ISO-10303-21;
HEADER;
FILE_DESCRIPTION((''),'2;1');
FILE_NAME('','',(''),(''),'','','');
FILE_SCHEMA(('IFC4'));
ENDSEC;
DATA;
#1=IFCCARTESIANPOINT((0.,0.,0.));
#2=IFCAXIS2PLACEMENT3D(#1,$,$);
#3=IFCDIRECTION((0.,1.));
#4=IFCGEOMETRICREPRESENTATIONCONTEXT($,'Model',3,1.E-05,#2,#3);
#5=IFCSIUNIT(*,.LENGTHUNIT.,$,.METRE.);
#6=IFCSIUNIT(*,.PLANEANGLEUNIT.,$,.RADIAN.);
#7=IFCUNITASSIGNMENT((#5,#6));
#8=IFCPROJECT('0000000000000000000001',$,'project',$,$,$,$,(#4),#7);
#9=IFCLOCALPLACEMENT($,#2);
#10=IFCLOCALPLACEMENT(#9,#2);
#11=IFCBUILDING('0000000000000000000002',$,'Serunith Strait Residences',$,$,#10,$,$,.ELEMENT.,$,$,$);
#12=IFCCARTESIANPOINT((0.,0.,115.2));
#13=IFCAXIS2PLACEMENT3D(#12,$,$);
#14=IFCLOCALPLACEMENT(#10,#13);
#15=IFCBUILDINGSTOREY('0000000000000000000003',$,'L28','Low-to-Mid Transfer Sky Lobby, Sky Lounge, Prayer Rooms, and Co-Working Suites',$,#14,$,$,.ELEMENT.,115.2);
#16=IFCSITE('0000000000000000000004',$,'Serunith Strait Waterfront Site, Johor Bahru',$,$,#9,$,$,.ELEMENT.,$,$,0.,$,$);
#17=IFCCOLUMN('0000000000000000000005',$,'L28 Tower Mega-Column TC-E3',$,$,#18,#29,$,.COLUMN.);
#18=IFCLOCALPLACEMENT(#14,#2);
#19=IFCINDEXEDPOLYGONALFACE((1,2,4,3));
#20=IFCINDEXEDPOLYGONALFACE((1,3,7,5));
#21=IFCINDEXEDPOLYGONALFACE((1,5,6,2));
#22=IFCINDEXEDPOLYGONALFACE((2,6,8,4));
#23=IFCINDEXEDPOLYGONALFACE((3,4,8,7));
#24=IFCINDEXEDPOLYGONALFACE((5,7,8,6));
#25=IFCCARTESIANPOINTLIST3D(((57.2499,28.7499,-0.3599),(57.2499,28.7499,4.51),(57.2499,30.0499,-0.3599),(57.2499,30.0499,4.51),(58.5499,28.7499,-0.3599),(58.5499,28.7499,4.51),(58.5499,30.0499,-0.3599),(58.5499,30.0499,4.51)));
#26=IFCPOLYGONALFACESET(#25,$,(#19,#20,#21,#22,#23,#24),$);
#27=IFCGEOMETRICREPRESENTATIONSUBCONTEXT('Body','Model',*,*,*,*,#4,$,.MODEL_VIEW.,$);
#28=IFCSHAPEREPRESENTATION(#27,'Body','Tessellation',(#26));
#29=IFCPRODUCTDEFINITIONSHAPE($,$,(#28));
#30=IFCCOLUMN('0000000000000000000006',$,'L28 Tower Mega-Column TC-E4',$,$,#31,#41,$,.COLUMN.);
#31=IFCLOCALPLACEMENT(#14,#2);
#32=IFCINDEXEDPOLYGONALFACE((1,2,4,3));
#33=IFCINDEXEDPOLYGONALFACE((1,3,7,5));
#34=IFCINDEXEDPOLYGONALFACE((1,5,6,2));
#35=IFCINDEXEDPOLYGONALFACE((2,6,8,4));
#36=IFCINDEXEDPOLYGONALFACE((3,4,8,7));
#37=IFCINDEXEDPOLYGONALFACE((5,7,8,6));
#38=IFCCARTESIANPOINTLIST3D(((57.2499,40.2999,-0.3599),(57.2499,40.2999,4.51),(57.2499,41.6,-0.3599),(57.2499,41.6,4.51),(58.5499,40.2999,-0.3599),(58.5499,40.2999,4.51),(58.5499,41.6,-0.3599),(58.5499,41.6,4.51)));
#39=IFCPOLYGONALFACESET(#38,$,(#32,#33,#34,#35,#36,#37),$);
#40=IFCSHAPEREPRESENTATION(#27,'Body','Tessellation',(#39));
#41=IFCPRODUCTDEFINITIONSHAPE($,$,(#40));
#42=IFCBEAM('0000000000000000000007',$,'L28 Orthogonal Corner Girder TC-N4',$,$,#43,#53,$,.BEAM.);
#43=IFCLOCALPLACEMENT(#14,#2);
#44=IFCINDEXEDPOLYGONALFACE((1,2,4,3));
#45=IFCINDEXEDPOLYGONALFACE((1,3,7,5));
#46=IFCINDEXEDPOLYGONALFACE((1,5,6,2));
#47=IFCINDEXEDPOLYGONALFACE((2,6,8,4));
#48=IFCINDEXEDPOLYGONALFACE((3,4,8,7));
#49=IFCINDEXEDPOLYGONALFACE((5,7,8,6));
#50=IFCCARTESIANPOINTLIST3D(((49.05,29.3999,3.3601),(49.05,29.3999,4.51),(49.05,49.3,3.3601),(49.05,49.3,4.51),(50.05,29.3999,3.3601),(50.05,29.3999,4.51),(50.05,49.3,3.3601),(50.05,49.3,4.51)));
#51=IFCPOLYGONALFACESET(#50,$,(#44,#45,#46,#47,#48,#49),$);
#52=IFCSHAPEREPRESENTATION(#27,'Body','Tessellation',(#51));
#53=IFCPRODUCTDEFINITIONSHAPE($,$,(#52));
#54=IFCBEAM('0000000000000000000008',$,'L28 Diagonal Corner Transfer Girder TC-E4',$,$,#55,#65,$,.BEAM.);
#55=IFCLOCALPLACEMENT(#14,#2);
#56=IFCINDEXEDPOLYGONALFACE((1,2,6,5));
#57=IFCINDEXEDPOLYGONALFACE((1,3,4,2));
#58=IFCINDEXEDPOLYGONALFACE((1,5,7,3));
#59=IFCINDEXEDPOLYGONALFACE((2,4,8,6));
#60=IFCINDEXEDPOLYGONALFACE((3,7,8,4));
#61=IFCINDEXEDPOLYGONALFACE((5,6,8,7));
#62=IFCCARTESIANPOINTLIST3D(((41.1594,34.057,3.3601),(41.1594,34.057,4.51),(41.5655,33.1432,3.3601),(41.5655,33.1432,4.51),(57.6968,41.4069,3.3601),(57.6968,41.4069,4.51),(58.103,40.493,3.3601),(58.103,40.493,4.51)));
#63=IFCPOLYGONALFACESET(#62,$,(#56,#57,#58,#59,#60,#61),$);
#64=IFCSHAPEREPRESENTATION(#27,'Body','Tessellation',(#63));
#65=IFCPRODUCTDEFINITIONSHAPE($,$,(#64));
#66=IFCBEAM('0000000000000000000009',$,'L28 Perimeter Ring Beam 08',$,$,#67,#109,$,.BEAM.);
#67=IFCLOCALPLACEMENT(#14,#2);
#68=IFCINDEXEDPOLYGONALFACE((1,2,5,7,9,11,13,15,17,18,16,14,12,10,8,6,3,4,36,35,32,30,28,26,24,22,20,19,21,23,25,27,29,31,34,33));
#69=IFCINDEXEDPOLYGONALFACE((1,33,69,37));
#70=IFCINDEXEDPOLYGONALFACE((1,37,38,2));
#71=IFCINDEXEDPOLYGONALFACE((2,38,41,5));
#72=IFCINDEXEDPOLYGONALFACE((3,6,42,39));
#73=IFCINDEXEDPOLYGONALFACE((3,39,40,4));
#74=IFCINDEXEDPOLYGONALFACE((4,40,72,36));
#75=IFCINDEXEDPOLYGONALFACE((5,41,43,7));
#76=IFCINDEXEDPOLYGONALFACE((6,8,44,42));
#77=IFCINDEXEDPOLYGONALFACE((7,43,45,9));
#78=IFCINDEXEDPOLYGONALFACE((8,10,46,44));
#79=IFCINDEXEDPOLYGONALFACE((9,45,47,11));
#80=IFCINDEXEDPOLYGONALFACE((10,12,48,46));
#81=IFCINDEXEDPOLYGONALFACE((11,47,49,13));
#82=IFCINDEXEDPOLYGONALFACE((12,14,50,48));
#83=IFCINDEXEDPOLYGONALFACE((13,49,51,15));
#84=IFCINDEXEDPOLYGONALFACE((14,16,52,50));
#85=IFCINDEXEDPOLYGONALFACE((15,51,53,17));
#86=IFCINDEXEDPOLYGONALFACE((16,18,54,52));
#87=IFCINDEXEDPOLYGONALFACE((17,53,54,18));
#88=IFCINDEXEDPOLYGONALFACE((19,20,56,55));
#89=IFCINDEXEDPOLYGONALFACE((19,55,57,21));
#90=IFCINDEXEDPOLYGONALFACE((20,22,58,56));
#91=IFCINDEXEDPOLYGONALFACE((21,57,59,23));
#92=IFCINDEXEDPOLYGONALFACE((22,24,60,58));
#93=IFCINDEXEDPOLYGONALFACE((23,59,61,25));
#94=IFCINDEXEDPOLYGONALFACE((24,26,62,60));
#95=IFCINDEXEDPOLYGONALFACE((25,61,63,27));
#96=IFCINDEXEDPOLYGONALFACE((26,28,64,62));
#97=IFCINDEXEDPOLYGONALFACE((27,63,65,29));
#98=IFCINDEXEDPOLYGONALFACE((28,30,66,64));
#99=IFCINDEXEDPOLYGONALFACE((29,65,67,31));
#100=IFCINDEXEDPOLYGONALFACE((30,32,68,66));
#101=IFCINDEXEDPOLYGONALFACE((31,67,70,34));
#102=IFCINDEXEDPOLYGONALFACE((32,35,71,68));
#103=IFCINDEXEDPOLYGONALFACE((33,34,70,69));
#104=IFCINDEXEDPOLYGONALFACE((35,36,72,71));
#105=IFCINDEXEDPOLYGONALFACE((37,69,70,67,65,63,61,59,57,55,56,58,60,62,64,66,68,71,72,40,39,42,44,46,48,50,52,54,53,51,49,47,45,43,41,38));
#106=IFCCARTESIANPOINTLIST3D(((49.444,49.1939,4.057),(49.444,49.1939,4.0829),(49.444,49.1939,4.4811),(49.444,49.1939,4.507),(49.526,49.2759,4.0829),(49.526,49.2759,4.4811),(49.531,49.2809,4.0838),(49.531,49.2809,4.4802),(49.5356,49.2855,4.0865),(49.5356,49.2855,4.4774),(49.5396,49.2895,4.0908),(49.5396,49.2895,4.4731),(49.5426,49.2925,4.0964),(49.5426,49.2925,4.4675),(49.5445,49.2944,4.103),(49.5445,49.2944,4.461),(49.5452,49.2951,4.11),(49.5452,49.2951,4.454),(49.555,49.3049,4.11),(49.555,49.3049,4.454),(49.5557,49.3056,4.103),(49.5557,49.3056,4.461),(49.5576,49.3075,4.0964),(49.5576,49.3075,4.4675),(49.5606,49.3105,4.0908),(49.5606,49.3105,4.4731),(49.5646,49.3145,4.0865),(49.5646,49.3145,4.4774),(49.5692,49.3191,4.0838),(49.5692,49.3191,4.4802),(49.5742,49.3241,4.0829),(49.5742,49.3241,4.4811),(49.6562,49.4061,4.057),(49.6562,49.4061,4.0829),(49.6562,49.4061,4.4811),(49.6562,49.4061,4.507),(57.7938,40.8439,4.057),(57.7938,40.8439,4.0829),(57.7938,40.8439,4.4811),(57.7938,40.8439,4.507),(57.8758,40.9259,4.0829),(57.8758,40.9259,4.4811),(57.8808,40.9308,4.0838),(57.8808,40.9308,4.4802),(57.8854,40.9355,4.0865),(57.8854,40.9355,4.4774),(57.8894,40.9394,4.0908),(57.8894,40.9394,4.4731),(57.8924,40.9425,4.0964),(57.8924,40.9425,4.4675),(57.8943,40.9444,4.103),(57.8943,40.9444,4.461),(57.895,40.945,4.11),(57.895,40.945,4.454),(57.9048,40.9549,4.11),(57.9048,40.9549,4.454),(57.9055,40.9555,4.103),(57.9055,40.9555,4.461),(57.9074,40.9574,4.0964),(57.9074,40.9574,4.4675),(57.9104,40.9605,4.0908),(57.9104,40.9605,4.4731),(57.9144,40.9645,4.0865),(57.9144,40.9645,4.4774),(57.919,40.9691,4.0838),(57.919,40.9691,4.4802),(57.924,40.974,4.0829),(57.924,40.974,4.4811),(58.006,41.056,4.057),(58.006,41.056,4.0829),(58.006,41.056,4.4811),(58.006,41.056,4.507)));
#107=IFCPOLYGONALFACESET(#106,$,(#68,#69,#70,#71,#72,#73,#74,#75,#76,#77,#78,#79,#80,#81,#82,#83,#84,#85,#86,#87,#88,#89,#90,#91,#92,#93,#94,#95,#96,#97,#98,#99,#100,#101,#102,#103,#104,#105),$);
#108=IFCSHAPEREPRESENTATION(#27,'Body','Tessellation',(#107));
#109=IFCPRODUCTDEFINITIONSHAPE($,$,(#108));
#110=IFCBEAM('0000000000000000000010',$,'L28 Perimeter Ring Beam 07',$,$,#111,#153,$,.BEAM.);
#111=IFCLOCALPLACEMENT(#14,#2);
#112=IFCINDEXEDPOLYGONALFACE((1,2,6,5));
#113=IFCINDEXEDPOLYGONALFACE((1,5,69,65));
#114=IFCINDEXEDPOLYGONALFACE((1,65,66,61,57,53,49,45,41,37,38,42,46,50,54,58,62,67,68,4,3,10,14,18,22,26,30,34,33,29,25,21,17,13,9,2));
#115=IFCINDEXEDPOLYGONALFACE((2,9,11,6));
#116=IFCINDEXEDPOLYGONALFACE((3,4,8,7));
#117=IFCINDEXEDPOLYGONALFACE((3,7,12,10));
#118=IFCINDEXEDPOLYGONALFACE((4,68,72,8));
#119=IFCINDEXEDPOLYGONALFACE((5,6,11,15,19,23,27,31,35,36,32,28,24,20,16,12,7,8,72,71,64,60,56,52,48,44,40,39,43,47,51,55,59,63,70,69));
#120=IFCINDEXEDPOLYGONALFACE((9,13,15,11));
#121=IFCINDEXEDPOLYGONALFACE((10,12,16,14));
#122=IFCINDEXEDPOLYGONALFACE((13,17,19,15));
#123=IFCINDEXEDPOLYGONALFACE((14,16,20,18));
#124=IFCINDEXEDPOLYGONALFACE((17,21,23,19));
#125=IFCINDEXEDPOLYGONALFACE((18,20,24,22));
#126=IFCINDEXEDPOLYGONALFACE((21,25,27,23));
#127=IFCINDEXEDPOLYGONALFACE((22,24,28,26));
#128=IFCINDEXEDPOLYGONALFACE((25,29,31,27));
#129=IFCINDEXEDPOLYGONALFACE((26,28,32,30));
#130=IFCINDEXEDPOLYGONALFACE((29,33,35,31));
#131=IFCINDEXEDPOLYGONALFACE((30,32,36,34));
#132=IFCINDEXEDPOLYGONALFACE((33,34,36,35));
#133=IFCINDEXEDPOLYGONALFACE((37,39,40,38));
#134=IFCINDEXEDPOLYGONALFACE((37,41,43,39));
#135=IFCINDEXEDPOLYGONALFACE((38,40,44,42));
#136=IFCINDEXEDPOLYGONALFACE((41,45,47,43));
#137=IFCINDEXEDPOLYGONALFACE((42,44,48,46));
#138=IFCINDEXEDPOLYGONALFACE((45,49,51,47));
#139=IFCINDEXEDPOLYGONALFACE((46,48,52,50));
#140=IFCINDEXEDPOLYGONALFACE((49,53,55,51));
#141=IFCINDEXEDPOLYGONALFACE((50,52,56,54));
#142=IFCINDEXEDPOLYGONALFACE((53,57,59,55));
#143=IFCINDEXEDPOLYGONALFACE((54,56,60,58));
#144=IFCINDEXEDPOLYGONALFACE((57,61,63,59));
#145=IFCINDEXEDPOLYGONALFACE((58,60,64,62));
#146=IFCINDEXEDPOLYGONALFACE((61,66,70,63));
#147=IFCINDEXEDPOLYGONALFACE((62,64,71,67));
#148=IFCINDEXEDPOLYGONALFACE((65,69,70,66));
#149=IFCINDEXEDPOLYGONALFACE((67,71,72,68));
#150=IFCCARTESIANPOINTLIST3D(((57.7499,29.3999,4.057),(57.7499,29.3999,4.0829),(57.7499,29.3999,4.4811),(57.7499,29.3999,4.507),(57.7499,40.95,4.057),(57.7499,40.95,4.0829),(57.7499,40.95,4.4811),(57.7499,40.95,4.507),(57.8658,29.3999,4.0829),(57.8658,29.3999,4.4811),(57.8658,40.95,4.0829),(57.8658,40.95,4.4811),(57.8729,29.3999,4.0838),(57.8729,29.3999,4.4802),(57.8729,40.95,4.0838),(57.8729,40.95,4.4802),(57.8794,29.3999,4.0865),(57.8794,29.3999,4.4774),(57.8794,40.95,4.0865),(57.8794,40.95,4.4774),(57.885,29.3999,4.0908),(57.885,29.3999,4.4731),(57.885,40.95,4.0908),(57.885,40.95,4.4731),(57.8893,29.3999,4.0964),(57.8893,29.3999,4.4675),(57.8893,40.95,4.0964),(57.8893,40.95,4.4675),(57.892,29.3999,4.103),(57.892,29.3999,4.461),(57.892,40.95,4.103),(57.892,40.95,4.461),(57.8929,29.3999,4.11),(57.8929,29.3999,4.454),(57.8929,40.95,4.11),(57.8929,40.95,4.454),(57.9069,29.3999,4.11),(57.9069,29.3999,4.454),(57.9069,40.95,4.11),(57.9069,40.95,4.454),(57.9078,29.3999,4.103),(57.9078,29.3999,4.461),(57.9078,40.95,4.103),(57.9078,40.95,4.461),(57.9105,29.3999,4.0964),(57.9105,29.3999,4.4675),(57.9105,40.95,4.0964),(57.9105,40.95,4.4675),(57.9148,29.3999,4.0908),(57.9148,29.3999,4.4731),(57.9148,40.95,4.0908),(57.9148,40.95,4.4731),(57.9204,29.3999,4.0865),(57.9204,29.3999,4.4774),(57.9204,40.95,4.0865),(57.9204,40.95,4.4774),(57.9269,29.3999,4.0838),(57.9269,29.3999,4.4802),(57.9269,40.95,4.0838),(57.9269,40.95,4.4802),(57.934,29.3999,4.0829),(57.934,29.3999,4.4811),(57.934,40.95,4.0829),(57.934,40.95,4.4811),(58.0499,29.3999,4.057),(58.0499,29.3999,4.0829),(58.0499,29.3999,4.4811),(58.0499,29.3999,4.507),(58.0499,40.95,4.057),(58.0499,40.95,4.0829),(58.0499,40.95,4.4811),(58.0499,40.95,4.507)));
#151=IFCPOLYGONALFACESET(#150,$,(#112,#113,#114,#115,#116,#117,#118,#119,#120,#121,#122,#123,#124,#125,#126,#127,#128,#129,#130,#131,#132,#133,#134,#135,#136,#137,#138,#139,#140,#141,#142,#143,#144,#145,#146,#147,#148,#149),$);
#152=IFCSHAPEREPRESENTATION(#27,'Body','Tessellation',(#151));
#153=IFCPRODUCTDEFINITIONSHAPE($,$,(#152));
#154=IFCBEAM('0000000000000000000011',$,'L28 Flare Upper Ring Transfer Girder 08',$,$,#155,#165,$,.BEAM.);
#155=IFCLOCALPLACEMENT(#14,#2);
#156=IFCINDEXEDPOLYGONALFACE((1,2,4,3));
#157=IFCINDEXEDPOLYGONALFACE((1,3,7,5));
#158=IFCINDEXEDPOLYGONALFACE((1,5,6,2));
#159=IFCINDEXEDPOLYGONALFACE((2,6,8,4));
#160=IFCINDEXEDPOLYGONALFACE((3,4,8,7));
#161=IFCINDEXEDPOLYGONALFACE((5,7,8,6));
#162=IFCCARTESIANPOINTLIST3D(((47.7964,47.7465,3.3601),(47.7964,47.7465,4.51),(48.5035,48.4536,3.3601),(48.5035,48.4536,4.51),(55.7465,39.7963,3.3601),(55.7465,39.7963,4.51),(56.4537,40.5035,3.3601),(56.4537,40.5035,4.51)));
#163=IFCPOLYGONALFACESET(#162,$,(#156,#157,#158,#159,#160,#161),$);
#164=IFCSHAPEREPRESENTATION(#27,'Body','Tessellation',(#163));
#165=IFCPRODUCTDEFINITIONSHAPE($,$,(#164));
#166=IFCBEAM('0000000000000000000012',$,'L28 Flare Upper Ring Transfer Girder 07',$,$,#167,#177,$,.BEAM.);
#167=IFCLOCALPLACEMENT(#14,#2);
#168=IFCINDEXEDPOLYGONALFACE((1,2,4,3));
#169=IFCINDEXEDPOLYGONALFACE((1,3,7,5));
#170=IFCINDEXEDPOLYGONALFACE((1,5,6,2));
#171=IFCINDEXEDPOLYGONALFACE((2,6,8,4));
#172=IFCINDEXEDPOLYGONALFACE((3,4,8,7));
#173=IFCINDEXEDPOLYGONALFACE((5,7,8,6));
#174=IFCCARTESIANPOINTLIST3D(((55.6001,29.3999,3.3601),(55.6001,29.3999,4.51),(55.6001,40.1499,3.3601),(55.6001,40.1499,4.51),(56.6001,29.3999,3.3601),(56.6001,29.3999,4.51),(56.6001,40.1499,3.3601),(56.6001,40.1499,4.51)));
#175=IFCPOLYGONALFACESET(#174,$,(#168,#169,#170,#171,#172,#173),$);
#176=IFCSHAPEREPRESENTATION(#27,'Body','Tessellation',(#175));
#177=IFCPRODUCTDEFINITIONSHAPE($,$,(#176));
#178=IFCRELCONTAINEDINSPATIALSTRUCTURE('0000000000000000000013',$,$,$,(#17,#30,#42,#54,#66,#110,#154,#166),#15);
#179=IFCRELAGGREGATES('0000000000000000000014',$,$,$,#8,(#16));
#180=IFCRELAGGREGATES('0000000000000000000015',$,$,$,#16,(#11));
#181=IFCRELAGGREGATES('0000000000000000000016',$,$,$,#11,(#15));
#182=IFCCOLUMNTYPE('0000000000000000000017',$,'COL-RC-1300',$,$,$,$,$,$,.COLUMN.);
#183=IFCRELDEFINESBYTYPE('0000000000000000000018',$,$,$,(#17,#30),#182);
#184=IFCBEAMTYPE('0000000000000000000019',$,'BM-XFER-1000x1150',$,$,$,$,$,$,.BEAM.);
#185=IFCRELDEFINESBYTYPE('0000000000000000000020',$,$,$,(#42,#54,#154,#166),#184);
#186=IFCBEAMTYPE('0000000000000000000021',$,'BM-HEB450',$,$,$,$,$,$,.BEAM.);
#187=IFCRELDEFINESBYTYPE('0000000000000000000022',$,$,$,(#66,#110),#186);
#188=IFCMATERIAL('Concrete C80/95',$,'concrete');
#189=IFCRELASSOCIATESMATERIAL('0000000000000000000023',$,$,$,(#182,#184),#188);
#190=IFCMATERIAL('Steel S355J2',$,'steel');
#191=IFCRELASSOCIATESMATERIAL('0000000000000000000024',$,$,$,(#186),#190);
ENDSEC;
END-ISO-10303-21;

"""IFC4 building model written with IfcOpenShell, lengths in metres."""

from ifc_helpers import new_model, si_unit, direction, frame, origin, origin_2d, place, context, subcontext, project, spatial, rectangle, i_section, extrude, source, transform, mapped, material, material_profile, profile_set, type_object, element, save


model = new_model("IFC4")

# Units and contexts
model_context = context("Model", 3, precision=1e-05, world=origin(), true_north=direction((0.0, 1.0)))
body_context = subcontext(model_context, "Body", "Model", "MODEL_VIEW")
ifc_project = project(units=[si_unit("LENGTHUNIT", "METRE"), si_unit("PLANEANGLEUNIT", "RADIAN")], contexts=[model_context])

# Site, building, storey
site_placement = place(None, origin())
site = spatial("IfcSite", under=ifc_project, at=site_placement, Name="Serunith Strait Waterfront Site, Johor Bahru", CompositionType="ELEMENT", RefElevation=0.0)
building_placement = place(site_placement, origin())
building = spatial("IfcBuilding", under=site, at=building_placement, Name="Serunith Strait Residences", CompositionType="ELEMENT")
storey_placement = place(building_placement, frame((0.0, 0.0, 115.2)))
storey = spatial("IfcBuildingStorey", under=building, at=storey_placement, Name="L28", Description="Low-to-Mid Transfer Sky Lobby, Sky Lounge, Prayer Rooms, and Co-Working Suites", CompositionType="ELEMENT", Elevation=115.2)

# Columns
ifc_material_1 = material(Name="Concrete C80/95", Category="concrete")
ifc_material_profile_1 = material_profile(ifc_material_1, rectangle(XDim=1.3, YDim=1.3, at=origin_2d()), Name="RC 1300x1300")
ifc_profile_set_1 = profile_set([ifc_material_profile_1], Name="Concrete C80/95")
column_type = type_object("IfcColumnType", Name="COL-RC-1300", PredefinedType="COLUMN", material=ifc_profile_set_1)
shared_shape_1 = source(origin(), body_context, "Body", "SweptSolid", [
    extrude(rectangle(XDim=1.3, YDim=1.3, at=origin_2d()), origin(), (0.0, 0.0, 1.0), 4.8699),
])
for number, where, z_axis, x_axis, name in (
    (1, (57.8999, 29.3999, -0.3599), (0.0, 0.0, 1.0), (1.0, 0.0, 0.0), "L28 Tower Mega-Column TC-E3"),
    (2, (57.8999, 40.95, -0.3599), (0.0, 0.0, 1.0), (1.0, 0.0, 0.0), "L28 Tower Mega-Column TC-E4"),
):
    element("IfcColumn", number, at=place(storey_placement, frame(where, z_axis=z_axis, x_axis=x_axis)), inside=storey, type_object=column_type, Name=name, PredefinedType="COLUMN", context=body_context, shape_type="MappedRepresentation", body=[
        mapped(shared_shape_1, transform((0.0, 0.0, 0.0), scale=1.0)),
    ])

# Beams
ifc_material_profile_2 = material_profile(ifc_material_1, rectangle(XDim=1.0, YDim=1.1499, at=origin_2d()), Name="RC 1000x1150")
ifc_profile_set_2 = profile_set([ifc_material_profile_2], Name="Concrete C80/95")
beam_type_1 = type_object("IfcBeamType", Name="BM-XFER-1000x1150", PredefinedType="BEAM", material=ifc_profile_set_2)
shared_shape_2 = source(origin(), body_context, "Body", "SweptSolid", [
    extrude(rectangle(XDim=1.0, YDim=1.1499, at=origin_2d()), origin(), (0.0, 0.0, 1.0), 19.9001),
])
beam_1_placement = place(storey_placement, frame((49.55, 29.3999, 3.9351), z_axis=(0.0, 1.0, 0.0), x_axis=(-1.0, 0.0, 0.0)))
element("IfcBeam", 3, at=beam_1_placement, inside=storey, type_object=beam_type_1, Name="L28 Orthogonal Corner Girder TC-N4", PredefinedType="BEAM", context=body_context, shape_type="MappedRepresentation", body=[
    mapped(shared_shape_2, transform((0.0, 0.0, 0.0), scale=1.0)),
])
shared_shape_3 = source(origin(), body_context, "Body", "SweptSolid", [
    extrude(rectangle(XDim=1.0, YDim=1.1499, at=origin_2d()), origin(), (0.0, 0.0, 1.0), 18.0972),
])
beam_2_placement = place(storey_placement, frame((57.8999, 40.95, 3.9351), z_axis=(-0.913813, -0.406135, 0.0), x_axis=(0.406135, -0.913813, 0.0)))
element("IfcBeam", 4, at=beam_2_placement, inside=storey, type_object=beam_type_1, Name="L28 Diagonal Corner Transfer Girder TC-E4", PredefinedType="BEAM", context=body_context, shape_type="MappedRepresentation", body=[
    mapped(shared_shape_3, transform((0.0, 0.0, 0.0), scale=1.0)),
])
ifc_material_2 = material(Name="Steel S355J2", Category="steel")
ifc_material_profile_3 = material_profile(ifc_material_2, i_section(OverallWidth=0.3, OverallDepth=0.45, WebThickness=0.0139, FlangeThickness=0.0259, FilletRadius=0.0271, at=origin_2d()), Name="HEB 450")
ifc_profile_set_3 = profile_set([ifc_material_profile_3], Name="Steel S355J2")
beam_type_2 = type_object("IfcBeamType", Name="BM-HEB450", PredefinedType="BEAM", material=ifc_profile_set_3)
shared_shape_4 = source(origin(), body_context, "Body", "SweptSolid", [
    extrude(i_section(OverallWidth=0.3, OverallDepth=0.45, WebThickness=0.0139, FlangeThickness=0.0259, FilletRadius=0.0271, at=origin_2d()), origin(), (0.0, 0.0, 1.0), 11.8086),
])
beam_3_placement = place(storey_placement, frame((57.8999, 40.95, 4.282), z_axis=(-0.707096, 0.707117, 0.0), x_axis=(-0.707117, -0.707096, 0.0)))
element("IfcBeam", 5, at=beam_3_placement, inside=storey, type_object=beam_type_2, Name="L28 Perimeter Ring Beam 08", PredefinedType="BEAM", context=body_context, shape_type="MappedRepresentation", body=[
    mapped(shared_shape_4, transform((0.0, 0.0, 0.0), scale=1.0)),
])
shared_shape_5 = source(origin(), body_context, "Body", "SweptSolid", [
    extrude(i_section(OverallWidth=0.3, OverallDepth=0.45, WebThickness=0.0139, FlangeThickness=0.0259, FilletRadius=0.0271, at=origin_2d()), origin(), (0.0, 0.0, 1.0), 11.55),
])
beam_4_placement = place(storey_placement, frame((57.8999, 29.3999, 4.282), z_axis=(0.0, 1.0, 0.0), x_axis=(-1.0, 0.0, 0.0)))
element("IfcBeam", 6, at=beam_4_placement, inside=storey, type_object=beam_type_2, Name="L28 Perimeter Ring Beam 07", PredefinedType="BEAM", context=body_context, shape_type="MappedRepresentation", body=[
    mapped(shared_shape_5, transform((0.0, 0.0, 0.0), scale=1.0)),
])
shared_shape_6 = source(origin(), body_context, "Body", "SweptSolid", [
    extrude(rectangle(XDim=1.0, YDim=1.1499, at=origin_2d()), origin(), (0.0, 0.0, 1.0), 11.2432),
])
beam_5_placement = place(storey_placement, frame((56.1001, 40.1499, 3.9351), z_axis=(-0.707107, 0.707107, 0.0), x_axis=(-0.707107, -0.707107, 0.0)))
element("IfcBeam", 7, at=beam_5_placement, inside=storey, type_object=beam_type_1, Name="L28 Flare Upper Ring Transfer Girder 08", PredefinedType="BEAM", context=body_context, shape_type="MappedRepresentation", body=[
    mapped(shared_shape_6, transform((0.0, 0.0, 0.0), scale=1.0)),
])
shared_shape_7 = source(origin(), body_context, "Body", "SweptSolid", [
    extrude(rectangle(XDim=1.0, YDim=1.1499, at=origin_2d()), origin(), (0.0, 0.0, 1.0), 10.75),
])
beam_6_placement = place(storey_placement, frame((56.1001, 29.3999, 3.9351), z_axis=(0.0, 1.0, 0.0), x_axis=(-1.0, 0.0, 0.0)))
element("IfcBeam", 8, at=beam_6_placement, inside=storey, type_object=beam_type_1, Name="L28 Flare Upper Ring Transfer Girder 07", PredefinedType="BEAM", context=body_context, shape_type="MappedRepresentation", body=[
    mapped(shared_shape_7, transform((0.0, 0.0, 0.0), scale=1.0)),
])

save(model, "model.ifc")
